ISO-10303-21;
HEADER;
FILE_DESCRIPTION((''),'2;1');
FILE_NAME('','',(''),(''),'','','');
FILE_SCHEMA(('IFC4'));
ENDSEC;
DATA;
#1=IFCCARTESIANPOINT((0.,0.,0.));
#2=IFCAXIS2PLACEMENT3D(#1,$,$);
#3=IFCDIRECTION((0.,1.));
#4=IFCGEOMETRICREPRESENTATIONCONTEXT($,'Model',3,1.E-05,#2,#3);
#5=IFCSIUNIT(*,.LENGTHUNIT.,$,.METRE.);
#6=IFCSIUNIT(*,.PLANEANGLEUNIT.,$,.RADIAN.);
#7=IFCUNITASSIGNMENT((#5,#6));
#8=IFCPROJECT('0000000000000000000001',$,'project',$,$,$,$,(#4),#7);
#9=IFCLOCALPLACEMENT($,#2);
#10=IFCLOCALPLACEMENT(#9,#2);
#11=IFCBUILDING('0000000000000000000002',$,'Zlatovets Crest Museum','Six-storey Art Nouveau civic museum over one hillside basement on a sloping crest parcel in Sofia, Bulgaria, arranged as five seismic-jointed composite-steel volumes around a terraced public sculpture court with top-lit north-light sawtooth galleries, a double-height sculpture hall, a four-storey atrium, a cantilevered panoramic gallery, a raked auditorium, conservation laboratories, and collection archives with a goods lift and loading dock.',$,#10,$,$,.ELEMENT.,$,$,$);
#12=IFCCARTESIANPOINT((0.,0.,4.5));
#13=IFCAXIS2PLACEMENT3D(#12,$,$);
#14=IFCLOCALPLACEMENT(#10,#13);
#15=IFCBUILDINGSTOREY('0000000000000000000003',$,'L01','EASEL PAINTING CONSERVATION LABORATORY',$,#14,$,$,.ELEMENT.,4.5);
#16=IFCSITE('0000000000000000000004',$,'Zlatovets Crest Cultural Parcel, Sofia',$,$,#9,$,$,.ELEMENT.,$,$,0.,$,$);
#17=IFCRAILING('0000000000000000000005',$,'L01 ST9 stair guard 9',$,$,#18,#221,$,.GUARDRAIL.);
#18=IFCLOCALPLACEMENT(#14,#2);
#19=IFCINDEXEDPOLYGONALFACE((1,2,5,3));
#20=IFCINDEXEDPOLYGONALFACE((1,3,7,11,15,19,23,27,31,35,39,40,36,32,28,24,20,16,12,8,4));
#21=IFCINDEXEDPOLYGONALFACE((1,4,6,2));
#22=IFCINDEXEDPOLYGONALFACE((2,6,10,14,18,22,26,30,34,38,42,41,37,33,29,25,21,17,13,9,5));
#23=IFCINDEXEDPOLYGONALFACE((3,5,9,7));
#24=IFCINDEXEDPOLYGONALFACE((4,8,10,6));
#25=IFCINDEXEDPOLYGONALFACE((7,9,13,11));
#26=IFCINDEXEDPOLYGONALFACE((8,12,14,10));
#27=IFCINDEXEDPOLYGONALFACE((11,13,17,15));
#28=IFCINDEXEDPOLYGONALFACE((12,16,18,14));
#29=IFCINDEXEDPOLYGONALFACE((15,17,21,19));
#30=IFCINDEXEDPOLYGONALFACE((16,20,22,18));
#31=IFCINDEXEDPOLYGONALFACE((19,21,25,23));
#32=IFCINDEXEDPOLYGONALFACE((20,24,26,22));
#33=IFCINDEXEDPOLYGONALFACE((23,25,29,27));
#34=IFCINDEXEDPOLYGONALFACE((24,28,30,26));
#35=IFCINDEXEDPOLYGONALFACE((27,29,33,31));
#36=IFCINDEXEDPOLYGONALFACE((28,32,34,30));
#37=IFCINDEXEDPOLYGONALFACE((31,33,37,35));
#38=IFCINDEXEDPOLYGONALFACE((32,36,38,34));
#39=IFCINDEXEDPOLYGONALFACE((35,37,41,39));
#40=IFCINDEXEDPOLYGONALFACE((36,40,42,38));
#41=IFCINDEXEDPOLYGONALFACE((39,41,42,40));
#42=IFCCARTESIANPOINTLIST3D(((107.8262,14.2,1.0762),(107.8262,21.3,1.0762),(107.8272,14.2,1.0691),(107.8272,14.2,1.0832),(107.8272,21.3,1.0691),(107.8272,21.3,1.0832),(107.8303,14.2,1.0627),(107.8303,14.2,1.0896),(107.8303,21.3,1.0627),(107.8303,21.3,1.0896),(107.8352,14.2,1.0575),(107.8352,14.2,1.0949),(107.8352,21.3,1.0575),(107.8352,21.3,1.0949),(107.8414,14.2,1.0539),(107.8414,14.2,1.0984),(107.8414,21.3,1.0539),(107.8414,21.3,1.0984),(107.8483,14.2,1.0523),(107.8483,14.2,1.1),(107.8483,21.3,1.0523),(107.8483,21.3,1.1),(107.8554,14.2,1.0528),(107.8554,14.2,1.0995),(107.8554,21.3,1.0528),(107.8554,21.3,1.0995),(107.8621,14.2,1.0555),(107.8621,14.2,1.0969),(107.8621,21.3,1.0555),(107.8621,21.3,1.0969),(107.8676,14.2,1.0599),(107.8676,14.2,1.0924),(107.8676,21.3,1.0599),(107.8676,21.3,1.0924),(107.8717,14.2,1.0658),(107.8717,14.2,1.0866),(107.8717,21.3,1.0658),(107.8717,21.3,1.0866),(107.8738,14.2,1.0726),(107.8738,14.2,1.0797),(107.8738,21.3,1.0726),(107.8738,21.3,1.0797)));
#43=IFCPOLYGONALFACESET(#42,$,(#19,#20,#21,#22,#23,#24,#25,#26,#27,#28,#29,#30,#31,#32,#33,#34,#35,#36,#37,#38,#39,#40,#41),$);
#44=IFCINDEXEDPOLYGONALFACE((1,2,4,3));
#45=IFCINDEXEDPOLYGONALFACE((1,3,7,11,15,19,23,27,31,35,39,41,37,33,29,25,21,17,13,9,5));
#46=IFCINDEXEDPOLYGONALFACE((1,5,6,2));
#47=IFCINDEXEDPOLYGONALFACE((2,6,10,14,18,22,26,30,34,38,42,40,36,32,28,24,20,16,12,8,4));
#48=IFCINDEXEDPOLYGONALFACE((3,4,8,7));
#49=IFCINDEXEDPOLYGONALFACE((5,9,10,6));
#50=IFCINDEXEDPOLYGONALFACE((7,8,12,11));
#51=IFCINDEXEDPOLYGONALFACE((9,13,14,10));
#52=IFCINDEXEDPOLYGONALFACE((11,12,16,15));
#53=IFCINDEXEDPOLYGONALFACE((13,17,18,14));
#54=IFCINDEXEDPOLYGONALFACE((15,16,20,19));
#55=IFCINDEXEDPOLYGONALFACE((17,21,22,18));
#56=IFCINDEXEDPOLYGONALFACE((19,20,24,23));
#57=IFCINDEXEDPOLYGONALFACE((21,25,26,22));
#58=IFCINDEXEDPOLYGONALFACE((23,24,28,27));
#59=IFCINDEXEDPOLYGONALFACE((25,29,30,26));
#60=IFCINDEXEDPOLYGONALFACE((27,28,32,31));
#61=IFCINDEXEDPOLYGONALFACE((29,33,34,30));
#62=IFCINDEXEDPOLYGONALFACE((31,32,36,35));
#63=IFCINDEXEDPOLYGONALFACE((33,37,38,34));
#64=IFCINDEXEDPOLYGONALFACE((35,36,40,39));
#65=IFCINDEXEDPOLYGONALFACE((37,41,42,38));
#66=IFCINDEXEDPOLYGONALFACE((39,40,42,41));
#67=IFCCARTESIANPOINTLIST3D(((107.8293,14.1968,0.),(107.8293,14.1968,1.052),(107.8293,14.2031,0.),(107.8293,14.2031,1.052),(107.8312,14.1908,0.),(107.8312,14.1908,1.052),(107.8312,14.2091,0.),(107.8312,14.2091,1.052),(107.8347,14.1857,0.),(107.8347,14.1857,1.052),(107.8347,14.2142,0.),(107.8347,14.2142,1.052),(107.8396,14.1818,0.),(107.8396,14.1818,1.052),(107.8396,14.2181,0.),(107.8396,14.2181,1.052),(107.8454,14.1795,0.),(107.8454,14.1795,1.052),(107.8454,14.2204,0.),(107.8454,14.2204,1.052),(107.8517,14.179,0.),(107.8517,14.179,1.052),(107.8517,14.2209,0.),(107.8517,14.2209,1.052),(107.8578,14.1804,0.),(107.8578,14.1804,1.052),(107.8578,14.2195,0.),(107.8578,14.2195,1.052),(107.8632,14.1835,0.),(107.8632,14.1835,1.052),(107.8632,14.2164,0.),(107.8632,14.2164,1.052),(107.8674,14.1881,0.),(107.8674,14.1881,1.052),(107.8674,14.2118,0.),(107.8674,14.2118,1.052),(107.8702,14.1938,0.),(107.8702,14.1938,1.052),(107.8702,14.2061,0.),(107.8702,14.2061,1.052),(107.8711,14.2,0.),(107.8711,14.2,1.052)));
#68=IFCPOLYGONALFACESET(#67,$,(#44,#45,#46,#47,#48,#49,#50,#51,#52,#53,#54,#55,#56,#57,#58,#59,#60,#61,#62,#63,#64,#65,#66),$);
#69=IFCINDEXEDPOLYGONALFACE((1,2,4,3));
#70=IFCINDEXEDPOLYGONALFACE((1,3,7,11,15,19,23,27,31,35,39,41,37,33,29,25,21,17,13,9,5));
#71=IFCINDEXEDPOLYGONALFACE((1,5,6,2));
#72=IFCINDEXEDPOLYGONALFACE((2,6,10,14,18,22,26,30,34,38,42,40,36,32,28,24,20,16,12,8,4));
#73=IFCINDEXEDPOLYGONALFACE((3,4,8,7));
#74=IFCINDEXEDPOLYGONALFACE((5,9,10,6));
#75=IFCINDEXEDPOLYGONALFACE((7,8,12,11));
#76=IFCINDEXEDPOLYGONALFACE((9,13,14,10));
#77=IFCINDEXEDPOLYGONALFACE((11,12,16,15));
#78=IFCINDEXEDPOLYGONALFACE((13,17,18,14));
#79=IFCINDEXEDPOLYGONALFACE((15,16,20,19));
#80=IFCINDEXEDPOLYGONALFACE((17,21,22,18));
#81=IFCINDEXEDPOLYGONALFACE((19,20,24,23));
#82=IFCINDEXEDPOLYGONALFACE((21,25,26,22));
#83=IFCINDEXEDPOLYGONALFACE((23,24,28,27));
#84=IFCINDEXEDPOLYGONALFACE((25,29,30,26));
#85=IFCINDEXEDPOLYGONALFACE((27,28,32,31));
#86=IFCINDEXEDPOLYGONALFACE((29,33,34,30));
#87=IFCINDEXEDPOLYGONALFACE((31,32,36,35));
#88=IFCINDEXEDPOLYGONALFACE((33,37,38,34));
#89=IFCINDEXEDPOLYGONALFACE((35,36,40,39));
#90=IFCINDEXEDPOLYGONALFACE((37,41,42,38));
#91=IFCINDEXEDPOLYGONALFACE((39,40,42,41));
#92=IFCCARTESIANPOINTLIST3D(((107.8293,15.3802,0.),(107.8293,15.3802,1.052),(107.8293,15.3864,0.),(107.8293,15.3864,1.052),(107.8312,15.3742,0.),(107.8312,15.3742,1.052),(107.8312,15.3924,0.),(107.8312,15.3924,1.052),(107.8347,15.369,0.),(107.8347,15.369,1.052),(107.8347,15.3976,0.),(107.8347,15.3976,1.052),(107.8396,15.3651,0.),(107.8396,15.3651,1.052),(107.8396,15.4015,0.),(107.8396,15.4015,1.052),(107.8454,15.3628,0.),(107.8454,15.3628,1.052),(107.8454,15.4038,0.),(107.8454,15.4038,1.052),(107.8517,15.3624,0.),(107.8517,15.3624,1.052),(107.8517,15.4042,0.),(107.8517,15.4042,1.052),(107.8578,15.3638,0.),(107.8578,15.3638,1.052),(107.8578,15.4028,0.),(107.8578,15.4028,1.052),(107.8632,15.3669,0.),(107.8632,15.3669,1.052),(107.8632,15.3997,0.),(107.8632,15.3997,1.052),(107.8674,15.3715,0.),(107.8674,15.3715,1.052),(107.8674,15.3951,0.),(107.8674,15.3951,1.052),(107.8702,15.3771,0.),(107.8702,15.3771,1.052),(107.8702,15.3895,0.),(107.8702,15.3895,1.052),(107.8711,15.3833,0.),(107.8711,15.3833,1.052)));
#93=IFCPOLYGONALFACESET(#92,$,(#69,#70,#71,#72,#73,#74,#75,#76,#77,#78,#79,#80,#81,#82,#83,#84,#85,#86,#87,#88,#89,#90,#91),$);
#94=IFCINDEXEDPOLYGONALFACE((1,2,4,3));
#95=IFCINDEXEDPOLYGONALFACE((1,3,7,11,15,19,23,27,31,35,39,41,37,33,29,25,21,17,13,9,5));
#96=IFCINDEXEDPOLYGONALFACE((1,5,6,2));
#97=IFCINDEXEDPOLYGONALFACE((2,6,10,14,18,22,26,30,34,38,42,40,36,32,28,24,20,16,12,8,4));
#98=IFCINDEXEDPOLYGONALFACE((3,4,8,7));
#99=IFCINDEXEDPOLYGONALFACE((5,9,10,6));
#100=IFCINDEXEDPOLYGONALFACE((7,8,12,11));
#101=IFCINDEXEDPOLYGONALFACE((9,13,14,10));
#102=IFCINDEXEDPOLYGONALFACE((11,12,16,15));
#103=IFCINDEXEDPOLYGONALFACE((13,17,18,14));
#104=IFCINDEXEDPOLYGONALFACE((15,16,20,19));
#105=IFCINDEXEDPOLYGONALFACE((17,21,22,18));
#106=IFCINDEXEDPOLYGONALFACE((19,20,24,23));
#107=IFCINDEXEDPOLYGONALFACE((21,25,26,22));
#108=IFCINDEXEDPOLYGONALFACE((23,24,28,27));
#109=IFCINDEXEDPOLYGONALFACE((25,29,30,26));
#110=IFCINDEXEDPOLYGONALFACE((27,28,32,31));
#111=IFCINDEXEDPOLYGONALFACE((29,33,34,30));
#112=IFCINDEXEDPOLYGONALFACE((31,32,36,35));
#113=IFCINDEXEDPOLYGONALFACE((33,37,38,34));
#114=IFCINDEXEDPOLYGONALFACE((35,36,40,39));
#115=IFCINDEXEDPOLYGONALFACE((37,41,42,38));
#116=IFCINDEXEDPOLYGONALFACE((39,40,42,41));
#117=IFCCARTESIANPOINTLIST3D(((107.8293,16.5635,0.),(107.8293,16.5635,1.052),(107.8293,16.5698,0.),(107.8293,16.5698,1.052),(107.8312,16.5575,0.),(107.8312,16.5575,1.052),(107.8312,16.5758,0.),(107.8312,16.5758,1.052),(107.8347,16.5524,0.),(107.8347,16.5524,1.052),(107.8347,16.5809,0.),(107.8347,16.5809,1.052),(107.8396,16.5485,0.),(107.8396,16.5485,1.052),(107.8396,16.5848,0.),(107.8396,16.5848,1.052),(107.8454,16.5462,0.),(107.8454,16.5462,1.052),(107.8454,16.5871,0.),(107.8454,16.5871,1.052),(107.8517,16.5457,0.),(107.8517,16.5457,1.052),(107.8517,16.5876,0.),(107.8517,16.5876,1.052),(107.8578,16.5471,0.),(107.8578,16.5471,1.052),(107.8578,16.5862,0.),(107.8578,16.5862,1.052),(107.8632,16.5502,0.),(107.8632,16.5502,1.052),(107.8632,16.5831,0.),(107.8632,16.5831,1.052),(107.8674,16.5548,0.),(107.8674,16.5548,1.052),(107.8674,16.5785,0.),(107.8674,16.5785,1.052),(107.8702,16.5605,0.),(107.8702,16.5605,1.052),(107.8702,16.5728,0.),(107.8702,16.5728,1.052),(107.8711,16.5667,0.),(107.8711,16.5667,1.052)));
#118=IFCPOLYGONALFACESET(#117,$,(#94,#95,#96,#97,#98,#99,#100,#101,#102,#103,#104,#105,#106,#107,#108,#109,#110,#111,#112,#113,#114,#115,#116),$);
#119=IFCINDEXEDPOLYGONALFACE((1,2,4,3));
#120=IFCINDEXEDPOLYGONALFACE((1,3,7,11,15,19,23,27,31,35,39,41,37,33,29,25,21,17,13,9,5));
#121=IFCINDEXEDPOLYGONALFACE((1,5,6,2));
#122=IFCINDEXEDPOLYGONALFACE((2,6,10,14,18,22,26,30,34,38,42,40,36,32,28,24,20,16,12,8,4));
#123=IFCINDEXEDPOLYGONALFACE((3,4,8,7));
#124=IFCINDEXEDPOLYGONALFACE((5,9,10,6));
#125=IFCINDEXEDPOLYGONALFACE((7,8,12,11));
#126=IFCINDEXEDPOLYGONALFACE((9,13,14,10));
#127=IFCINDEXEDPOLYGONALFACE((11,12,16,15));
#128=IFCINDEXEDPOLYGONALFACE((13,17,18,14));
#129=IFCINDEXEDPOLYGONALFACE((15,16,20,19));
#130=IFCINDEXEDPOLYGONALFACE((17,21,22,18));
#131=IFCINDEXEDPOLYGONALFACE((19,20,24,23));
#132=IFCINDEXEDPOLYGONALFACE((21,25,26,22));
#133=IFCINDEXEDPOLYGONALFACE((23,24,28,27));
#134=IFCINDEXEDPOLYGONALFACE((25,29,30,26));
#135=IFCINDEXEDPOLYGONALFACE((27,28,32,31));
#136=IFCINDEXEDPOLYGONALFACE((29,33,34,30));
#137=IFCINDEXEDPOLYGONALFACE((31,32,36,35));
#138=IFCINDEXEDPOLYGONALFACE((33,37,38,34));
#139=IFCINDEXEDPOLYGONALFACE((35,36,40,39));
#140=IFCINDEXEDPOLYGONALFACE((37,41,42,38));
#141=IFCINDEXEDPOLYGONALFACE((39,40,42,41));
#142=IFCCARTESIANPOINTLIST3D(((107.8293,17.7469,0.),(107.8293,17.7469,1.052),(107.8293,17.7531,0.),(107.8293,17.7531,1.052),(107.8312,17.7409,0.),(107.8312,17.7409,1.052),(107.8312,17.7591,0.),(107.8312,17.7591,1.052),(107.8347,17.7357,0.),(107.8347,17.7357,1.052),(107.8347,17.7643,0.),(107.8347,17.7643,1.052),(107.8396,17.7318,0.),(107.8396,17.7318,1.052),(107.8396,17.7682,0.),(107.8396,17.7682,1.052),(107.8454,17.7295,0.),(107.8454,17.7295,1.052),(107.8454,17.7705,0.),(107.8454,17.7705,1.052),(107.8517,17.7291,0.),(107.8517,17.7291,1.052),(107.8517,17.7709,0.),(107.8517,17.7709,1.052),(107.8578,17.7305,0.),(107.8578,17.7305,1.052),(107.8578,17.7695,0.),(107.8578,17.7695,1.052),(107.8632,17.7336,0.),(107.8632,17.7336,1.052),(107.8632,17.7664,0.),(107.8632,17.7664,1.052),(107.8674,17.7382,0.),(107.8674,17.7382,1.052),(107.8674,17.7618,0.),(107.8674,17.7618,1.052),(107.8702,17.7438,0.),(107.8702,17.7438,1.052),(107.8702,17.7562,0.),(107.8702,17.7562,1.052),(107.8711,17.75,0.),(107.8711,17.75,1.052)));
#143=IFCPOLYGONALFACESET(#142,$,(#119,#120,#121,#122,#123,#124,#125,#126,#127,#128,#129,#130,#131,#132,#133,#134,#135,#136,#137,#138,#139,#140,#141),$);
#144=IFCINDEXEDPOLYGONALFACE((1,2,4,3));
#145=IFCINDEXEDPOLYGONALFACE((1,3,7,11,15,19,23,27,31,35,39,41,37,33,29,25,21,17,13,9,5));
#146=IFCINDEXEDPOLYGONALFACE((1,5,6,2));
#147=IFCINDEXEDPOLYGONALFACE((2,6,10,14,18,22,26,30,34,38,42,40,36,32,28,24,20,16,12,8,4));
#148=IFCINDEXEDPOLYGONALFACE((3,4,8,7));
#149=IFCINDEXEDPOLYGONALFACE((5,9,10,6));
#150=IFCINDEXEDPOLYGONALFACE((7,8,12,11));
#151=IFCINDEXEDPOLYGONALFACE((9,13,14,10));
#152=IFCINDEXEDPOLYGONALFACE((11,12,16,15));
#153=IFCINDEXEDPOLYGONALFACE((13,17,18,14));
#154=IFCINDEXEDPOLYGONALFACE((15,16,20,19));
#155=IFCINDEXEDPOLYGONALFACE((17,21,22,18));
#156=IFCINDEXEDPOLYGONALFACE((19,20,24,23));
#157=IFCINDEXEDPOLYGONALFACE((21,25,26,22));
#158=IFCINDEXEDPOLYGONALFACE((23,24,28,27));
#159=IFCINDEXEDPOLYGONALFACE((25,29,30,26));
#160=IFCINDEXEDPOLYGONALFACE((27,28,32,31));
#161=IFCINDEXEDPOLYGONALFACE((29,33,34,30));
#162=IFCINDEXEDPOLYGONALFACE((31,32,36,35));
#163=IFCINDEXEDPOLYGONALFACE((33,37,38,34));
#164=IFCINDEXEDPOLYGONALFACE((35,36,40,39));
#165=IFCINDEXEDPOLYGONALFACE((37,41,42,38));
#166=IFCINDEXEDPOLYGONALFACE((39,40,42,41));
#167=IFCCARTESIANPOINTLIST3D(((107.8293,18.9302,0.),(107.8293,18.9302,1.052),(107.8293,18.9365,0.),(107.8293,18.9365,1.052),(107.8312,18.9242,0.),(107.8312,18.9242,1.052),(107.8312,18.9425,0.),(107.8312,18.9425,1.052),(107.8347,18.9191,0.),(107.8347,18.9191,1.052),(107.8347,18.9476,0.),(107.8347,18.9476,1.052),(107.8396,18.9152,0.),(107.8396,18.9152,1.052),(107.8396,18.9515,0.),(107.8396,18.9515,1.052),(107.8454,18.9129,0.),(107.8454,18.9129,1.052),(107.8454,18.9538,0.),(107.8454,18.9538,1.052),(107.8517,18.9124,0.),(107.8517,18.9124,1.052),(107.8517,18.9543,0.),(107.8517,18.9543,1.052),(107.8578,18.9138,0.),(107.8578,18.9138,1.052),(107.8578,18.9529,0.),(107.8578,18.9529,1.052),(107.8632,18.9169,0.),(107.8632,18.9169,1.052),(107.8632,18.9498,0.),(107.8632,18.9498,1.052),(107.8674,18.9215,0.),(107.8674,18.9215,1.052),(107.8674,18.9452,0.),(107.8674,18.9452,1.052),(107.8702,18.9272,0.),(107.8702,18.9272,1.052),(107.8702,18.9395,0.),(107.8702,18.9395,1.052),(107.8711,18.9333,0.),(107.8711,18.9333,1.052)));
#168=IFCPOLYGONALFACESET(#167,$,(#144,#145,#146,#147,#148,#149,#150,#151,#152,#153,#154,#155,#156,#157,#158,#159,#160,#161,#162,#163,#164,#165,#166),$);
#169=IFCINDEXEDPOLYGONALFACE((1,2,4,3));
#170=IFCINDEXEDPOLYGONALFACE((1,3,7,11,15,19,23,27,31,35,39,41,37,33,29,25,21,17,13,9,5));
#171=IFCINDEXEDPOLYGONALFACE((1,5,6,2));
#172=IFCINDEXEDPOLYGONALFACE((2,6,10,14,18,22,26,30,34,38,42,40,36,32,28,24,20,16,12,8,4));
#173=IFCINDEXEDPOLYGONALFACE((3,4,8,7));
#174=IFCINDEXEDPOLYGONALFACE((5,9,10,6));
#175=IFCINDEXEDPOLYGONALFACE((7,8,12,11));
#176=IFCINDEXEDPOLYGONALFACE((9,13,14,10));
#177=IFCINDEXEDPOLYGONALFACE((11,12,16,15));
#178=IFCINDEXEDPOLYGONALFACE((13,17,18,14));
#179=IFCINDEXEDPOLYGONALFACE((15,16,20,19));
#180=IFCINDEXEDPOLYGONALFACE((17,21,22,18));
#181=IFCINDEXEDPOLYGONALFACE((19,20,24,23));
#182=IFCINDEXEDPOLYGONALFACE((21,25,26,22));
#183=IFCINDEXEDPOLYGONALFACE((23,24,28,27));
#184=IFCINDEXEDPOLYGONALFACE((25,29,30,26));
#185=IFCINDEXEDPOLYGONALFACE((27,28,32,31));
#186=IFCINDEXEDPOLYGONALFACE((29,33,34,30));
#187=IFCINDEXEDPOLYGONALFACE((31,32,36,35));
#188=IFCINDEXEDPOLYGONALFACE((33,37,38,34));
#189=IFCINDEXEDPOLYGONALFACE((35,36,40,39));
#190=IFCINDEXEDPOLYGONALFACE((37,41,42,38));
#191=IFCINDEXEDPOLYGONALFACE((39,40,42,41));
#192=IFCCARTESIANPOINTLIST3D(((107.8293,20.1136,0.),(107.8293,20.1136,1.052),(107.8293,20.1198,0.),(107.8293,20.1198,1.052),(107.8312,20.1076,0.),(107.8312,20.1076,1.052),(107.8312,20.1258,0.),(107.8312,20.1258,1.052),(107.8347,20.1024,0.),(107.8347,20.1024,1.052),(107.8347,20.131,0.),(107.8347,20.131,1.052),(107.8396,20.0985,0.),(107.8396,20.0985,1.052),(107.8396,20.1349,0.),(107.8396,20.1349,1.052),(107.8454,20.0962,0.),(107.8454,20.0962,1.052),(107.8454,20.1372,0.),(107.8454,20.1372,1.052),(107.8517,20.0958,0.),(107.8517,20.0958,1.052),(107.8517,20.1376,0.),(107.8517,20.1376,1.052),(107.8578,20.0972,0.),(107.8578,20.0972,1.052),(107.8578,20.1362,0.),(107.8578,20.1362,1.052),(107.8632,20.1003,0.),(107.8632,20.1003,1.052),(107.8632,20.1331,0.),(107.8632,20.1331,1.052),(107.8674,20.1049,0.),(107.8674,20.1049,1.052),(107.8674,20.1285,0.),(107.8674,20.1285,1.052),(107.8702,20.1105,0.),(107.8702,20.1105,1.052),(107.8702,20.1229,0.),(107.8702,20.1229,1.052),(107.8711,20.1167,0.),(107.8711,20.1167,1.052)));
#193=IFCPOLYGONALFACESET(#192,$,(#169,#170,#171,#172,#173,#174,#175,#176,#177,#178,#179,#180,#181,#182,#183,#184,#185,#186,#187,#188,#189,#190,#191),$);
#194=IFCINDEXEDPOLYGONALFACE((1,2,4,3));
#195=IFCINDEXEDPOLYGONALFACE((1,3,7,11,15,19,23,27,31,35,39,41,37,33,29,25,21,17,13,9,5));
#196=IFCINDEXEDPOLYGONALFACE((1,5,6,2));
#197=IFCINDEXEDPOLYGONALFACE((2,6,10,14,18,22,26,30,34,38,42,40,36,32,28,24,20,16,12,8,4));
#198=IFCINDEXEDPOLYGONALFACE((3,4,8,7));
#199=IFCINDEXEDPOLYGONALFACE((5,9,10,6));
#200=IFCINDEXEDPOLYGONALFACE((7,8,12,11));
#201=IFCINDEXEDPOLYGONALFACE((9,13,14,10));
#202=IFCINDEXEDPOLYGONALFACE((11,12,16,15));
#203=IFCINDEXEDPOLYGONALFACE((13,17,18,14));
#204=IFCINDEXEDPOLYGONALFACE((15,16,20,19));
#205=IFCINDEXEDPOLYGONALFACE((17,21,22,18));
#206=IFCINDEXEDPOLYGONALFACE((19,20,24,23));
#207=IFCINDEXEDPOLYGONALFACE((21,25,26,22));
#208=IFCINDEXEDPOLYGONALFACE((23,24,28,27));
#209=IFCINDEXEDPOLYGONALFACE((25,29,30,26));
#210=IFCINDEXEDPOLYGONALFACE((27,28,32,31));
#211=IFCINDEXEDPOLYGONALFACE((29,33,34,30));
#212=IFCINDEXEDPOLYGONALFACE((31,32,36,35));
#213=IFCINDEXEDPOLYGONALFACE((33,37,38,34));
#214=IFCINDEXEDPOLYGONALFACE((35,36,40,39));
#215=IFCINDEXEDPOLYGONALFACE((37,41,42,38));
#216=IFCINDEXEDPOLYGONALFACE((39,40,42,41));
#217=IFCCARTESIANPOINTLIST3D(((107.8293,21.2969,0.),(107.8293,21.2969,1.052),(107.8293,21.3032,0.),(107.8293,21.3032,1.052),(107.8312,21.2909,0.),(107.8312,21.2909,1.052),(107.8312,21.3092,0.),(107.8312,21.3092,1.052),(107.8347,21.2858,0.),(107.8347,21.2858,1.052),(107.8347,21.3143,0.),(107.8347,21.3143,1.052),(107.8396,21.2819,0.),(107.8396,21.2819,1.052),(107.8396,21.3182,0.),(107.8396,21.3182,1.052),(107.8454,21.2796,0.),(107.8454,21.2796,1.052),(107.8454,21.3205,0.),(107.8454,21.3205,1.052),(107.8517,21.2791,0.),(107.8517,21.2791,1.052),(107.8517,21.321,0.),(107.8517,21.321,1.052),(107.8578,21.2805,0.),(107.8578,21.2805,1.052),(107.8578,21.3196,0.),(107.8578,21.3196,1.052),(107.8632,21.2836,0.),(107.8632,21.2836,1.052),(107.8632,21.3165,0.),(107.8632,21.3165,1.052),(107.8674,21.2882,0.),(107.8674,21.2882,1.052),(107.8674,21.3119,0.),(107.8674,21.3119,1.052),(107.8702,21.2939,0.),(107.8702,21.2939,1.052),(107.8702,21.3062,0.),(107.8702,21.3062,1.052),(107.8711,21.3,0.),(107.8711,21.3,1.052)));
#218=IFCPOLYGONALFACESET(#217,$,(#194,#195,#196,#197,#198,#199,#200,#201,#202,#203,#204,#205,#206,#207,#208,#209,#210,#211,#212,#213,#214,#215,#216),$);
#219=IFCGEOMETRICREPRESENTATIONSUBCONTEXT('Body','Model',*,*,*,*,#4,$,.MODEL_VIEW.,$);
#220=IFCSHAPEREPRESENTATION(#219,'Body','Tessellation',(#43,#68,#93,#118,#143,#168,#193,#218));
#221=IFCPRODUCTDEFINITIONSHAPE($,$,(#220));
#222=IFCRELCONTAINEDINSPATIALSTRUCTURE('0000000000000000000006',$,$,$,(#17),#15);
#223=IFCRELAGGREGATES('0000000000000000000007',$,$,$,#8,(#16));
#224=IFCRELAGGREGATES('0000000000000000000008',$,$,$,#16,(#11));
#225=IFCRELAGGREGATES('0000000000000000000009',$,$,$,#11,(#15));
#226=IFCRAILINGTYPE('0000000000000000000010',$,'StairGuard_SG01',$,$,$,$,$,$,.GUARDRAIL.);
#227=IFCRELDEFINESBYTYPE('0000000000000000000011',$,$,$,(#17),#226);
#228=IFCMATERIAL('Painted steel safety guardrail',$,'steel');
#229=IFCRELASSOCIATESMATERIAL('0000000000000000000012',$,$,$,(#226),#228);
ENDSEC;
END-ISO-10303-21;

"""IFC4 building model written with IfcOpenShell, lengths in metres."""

from ifc_helpers import new_model, si_unit, direction, frame, origin, origin_2d, place, context, subcontext, project, spatial, circle, extrude, material, type_object, element, save


model = new_model("IFC4")

# Units and contexts
model_context = context("Model", 3, precision=1e-05, world=origin(), true_north=direction((0.0, 1.0)))
body_context = subcontext(model_context, "Body", "Model", "MODEL_VIEW")
ifc_project = project(units=[si_unit("LENGTHUNIT", "METRE"), si_unit("PLANEANGLEUNIT", "RADIAN")], contexts=[model_context])

# Site, building, storey
site_placement = place(None, origin())
site = spatial("IfcSite", under=ifc_project, at=site_placement, Name="Zlatovets Crest Cultural Parcel, Sofia", CompositionType="ELEMENT", RefElevation=0.0)
building_placement = place(site_placement, origin())
building = spatial("IfcBuilding", under=site, at=building_placement, Name="Zlatovets Crest Museum", Description="Six-storey Art Nouveau civic museum over one hillside basement on a sloping crest parcel in Sofia, Bulgaria, arranged as five seismic-jointed composite-steel volumes around a terraced public sculpture court with top-lit north-light sawtooth galleries, a double-height sculpture hall, a four-storey atrium, a cantilevered panoramic gallery, a raked auditorium, conservation laboratories, and collection archives with a goods lift and loading dock.", CompositionType="ELEMENT")
storey_placement = place(building_placement, frame((0.0, 0.0, 4.5)))
storey = spatial("IfcBuildingStorey", under=building, at=storey_placement, Name="L01", Description="EASEL PAINTING CONSERVATION LABORATORY", CompositionType="ELEMENT", Elevation=4.5)

# Railing
ifc_material_1 = material(Name="Painted steel safety guardrail", Category="steel")
railing_type_1 = type_object("IfcRailingType", Name="StairGuard_SG01", PredefinedType="GUARDRAIL", material=ifc_material_1)
for number, where, name in (
    (1, (107.8501, 14.2, 0.0), "L01 ST9 stair guard 9"),
):
    element("IfcRailing", number, at=place(storey_placement, frame(where)), inside=storey, type_object=railing_type_1, Name=name, PredefinedType="GUARDRAIL", context=body_context, shape_type="SweptSolid", body=[
        extrude(circle(Radius=0.0239, at=origin_2d()), frame((0.0, 0.0, 1.0762), z_axis=(0.0, 1.0, 0.0), x_axis=(-1.0, 0.0, 0.0)), (0.0, 0.0, 1.0), 7.1001),
        extrude(circle(Radius=0.021, at=origin_2d()), origin(), (0.0, 0.0, 1.0), 1.052),
        extrude(circle(Radius=0.021, at=origin_2d()), frame((0.0, 1.1833, 0.0)), (0.0, 0.0, 1.0), 1.052),
        extrude(circle(Radius=0.021, at=origin_2d()), frame((0.0, 2.3667, 0.0)), (0.0, 0.0, 1.0), 1.052),
        extrude(circle(Radius=0.021, at=origin_2d()), frame((0.0, 3.55, 0.0)), (0.0, 0.0, 1.0), 1.052),
        extrude(circle(Radius=0.021, at=origin_2d()), frame((0.0, 4.7334, 0.0)), (0.0, 0.0, 1.0), 1.052),
        extrude(circle(Radius=0.021, at=origin_2d()), frame((0.0, 5.9167, 0.0)), (0.0, 0.0, 1.0), 1.052),
        extrude(circle(Radius=0.021, at=origin_2d()), frame((0.0, 7.1001, 0.0)), (0.0, 0.0, 1.0), 1.052),
    ])

save(model, "model.ifc")
